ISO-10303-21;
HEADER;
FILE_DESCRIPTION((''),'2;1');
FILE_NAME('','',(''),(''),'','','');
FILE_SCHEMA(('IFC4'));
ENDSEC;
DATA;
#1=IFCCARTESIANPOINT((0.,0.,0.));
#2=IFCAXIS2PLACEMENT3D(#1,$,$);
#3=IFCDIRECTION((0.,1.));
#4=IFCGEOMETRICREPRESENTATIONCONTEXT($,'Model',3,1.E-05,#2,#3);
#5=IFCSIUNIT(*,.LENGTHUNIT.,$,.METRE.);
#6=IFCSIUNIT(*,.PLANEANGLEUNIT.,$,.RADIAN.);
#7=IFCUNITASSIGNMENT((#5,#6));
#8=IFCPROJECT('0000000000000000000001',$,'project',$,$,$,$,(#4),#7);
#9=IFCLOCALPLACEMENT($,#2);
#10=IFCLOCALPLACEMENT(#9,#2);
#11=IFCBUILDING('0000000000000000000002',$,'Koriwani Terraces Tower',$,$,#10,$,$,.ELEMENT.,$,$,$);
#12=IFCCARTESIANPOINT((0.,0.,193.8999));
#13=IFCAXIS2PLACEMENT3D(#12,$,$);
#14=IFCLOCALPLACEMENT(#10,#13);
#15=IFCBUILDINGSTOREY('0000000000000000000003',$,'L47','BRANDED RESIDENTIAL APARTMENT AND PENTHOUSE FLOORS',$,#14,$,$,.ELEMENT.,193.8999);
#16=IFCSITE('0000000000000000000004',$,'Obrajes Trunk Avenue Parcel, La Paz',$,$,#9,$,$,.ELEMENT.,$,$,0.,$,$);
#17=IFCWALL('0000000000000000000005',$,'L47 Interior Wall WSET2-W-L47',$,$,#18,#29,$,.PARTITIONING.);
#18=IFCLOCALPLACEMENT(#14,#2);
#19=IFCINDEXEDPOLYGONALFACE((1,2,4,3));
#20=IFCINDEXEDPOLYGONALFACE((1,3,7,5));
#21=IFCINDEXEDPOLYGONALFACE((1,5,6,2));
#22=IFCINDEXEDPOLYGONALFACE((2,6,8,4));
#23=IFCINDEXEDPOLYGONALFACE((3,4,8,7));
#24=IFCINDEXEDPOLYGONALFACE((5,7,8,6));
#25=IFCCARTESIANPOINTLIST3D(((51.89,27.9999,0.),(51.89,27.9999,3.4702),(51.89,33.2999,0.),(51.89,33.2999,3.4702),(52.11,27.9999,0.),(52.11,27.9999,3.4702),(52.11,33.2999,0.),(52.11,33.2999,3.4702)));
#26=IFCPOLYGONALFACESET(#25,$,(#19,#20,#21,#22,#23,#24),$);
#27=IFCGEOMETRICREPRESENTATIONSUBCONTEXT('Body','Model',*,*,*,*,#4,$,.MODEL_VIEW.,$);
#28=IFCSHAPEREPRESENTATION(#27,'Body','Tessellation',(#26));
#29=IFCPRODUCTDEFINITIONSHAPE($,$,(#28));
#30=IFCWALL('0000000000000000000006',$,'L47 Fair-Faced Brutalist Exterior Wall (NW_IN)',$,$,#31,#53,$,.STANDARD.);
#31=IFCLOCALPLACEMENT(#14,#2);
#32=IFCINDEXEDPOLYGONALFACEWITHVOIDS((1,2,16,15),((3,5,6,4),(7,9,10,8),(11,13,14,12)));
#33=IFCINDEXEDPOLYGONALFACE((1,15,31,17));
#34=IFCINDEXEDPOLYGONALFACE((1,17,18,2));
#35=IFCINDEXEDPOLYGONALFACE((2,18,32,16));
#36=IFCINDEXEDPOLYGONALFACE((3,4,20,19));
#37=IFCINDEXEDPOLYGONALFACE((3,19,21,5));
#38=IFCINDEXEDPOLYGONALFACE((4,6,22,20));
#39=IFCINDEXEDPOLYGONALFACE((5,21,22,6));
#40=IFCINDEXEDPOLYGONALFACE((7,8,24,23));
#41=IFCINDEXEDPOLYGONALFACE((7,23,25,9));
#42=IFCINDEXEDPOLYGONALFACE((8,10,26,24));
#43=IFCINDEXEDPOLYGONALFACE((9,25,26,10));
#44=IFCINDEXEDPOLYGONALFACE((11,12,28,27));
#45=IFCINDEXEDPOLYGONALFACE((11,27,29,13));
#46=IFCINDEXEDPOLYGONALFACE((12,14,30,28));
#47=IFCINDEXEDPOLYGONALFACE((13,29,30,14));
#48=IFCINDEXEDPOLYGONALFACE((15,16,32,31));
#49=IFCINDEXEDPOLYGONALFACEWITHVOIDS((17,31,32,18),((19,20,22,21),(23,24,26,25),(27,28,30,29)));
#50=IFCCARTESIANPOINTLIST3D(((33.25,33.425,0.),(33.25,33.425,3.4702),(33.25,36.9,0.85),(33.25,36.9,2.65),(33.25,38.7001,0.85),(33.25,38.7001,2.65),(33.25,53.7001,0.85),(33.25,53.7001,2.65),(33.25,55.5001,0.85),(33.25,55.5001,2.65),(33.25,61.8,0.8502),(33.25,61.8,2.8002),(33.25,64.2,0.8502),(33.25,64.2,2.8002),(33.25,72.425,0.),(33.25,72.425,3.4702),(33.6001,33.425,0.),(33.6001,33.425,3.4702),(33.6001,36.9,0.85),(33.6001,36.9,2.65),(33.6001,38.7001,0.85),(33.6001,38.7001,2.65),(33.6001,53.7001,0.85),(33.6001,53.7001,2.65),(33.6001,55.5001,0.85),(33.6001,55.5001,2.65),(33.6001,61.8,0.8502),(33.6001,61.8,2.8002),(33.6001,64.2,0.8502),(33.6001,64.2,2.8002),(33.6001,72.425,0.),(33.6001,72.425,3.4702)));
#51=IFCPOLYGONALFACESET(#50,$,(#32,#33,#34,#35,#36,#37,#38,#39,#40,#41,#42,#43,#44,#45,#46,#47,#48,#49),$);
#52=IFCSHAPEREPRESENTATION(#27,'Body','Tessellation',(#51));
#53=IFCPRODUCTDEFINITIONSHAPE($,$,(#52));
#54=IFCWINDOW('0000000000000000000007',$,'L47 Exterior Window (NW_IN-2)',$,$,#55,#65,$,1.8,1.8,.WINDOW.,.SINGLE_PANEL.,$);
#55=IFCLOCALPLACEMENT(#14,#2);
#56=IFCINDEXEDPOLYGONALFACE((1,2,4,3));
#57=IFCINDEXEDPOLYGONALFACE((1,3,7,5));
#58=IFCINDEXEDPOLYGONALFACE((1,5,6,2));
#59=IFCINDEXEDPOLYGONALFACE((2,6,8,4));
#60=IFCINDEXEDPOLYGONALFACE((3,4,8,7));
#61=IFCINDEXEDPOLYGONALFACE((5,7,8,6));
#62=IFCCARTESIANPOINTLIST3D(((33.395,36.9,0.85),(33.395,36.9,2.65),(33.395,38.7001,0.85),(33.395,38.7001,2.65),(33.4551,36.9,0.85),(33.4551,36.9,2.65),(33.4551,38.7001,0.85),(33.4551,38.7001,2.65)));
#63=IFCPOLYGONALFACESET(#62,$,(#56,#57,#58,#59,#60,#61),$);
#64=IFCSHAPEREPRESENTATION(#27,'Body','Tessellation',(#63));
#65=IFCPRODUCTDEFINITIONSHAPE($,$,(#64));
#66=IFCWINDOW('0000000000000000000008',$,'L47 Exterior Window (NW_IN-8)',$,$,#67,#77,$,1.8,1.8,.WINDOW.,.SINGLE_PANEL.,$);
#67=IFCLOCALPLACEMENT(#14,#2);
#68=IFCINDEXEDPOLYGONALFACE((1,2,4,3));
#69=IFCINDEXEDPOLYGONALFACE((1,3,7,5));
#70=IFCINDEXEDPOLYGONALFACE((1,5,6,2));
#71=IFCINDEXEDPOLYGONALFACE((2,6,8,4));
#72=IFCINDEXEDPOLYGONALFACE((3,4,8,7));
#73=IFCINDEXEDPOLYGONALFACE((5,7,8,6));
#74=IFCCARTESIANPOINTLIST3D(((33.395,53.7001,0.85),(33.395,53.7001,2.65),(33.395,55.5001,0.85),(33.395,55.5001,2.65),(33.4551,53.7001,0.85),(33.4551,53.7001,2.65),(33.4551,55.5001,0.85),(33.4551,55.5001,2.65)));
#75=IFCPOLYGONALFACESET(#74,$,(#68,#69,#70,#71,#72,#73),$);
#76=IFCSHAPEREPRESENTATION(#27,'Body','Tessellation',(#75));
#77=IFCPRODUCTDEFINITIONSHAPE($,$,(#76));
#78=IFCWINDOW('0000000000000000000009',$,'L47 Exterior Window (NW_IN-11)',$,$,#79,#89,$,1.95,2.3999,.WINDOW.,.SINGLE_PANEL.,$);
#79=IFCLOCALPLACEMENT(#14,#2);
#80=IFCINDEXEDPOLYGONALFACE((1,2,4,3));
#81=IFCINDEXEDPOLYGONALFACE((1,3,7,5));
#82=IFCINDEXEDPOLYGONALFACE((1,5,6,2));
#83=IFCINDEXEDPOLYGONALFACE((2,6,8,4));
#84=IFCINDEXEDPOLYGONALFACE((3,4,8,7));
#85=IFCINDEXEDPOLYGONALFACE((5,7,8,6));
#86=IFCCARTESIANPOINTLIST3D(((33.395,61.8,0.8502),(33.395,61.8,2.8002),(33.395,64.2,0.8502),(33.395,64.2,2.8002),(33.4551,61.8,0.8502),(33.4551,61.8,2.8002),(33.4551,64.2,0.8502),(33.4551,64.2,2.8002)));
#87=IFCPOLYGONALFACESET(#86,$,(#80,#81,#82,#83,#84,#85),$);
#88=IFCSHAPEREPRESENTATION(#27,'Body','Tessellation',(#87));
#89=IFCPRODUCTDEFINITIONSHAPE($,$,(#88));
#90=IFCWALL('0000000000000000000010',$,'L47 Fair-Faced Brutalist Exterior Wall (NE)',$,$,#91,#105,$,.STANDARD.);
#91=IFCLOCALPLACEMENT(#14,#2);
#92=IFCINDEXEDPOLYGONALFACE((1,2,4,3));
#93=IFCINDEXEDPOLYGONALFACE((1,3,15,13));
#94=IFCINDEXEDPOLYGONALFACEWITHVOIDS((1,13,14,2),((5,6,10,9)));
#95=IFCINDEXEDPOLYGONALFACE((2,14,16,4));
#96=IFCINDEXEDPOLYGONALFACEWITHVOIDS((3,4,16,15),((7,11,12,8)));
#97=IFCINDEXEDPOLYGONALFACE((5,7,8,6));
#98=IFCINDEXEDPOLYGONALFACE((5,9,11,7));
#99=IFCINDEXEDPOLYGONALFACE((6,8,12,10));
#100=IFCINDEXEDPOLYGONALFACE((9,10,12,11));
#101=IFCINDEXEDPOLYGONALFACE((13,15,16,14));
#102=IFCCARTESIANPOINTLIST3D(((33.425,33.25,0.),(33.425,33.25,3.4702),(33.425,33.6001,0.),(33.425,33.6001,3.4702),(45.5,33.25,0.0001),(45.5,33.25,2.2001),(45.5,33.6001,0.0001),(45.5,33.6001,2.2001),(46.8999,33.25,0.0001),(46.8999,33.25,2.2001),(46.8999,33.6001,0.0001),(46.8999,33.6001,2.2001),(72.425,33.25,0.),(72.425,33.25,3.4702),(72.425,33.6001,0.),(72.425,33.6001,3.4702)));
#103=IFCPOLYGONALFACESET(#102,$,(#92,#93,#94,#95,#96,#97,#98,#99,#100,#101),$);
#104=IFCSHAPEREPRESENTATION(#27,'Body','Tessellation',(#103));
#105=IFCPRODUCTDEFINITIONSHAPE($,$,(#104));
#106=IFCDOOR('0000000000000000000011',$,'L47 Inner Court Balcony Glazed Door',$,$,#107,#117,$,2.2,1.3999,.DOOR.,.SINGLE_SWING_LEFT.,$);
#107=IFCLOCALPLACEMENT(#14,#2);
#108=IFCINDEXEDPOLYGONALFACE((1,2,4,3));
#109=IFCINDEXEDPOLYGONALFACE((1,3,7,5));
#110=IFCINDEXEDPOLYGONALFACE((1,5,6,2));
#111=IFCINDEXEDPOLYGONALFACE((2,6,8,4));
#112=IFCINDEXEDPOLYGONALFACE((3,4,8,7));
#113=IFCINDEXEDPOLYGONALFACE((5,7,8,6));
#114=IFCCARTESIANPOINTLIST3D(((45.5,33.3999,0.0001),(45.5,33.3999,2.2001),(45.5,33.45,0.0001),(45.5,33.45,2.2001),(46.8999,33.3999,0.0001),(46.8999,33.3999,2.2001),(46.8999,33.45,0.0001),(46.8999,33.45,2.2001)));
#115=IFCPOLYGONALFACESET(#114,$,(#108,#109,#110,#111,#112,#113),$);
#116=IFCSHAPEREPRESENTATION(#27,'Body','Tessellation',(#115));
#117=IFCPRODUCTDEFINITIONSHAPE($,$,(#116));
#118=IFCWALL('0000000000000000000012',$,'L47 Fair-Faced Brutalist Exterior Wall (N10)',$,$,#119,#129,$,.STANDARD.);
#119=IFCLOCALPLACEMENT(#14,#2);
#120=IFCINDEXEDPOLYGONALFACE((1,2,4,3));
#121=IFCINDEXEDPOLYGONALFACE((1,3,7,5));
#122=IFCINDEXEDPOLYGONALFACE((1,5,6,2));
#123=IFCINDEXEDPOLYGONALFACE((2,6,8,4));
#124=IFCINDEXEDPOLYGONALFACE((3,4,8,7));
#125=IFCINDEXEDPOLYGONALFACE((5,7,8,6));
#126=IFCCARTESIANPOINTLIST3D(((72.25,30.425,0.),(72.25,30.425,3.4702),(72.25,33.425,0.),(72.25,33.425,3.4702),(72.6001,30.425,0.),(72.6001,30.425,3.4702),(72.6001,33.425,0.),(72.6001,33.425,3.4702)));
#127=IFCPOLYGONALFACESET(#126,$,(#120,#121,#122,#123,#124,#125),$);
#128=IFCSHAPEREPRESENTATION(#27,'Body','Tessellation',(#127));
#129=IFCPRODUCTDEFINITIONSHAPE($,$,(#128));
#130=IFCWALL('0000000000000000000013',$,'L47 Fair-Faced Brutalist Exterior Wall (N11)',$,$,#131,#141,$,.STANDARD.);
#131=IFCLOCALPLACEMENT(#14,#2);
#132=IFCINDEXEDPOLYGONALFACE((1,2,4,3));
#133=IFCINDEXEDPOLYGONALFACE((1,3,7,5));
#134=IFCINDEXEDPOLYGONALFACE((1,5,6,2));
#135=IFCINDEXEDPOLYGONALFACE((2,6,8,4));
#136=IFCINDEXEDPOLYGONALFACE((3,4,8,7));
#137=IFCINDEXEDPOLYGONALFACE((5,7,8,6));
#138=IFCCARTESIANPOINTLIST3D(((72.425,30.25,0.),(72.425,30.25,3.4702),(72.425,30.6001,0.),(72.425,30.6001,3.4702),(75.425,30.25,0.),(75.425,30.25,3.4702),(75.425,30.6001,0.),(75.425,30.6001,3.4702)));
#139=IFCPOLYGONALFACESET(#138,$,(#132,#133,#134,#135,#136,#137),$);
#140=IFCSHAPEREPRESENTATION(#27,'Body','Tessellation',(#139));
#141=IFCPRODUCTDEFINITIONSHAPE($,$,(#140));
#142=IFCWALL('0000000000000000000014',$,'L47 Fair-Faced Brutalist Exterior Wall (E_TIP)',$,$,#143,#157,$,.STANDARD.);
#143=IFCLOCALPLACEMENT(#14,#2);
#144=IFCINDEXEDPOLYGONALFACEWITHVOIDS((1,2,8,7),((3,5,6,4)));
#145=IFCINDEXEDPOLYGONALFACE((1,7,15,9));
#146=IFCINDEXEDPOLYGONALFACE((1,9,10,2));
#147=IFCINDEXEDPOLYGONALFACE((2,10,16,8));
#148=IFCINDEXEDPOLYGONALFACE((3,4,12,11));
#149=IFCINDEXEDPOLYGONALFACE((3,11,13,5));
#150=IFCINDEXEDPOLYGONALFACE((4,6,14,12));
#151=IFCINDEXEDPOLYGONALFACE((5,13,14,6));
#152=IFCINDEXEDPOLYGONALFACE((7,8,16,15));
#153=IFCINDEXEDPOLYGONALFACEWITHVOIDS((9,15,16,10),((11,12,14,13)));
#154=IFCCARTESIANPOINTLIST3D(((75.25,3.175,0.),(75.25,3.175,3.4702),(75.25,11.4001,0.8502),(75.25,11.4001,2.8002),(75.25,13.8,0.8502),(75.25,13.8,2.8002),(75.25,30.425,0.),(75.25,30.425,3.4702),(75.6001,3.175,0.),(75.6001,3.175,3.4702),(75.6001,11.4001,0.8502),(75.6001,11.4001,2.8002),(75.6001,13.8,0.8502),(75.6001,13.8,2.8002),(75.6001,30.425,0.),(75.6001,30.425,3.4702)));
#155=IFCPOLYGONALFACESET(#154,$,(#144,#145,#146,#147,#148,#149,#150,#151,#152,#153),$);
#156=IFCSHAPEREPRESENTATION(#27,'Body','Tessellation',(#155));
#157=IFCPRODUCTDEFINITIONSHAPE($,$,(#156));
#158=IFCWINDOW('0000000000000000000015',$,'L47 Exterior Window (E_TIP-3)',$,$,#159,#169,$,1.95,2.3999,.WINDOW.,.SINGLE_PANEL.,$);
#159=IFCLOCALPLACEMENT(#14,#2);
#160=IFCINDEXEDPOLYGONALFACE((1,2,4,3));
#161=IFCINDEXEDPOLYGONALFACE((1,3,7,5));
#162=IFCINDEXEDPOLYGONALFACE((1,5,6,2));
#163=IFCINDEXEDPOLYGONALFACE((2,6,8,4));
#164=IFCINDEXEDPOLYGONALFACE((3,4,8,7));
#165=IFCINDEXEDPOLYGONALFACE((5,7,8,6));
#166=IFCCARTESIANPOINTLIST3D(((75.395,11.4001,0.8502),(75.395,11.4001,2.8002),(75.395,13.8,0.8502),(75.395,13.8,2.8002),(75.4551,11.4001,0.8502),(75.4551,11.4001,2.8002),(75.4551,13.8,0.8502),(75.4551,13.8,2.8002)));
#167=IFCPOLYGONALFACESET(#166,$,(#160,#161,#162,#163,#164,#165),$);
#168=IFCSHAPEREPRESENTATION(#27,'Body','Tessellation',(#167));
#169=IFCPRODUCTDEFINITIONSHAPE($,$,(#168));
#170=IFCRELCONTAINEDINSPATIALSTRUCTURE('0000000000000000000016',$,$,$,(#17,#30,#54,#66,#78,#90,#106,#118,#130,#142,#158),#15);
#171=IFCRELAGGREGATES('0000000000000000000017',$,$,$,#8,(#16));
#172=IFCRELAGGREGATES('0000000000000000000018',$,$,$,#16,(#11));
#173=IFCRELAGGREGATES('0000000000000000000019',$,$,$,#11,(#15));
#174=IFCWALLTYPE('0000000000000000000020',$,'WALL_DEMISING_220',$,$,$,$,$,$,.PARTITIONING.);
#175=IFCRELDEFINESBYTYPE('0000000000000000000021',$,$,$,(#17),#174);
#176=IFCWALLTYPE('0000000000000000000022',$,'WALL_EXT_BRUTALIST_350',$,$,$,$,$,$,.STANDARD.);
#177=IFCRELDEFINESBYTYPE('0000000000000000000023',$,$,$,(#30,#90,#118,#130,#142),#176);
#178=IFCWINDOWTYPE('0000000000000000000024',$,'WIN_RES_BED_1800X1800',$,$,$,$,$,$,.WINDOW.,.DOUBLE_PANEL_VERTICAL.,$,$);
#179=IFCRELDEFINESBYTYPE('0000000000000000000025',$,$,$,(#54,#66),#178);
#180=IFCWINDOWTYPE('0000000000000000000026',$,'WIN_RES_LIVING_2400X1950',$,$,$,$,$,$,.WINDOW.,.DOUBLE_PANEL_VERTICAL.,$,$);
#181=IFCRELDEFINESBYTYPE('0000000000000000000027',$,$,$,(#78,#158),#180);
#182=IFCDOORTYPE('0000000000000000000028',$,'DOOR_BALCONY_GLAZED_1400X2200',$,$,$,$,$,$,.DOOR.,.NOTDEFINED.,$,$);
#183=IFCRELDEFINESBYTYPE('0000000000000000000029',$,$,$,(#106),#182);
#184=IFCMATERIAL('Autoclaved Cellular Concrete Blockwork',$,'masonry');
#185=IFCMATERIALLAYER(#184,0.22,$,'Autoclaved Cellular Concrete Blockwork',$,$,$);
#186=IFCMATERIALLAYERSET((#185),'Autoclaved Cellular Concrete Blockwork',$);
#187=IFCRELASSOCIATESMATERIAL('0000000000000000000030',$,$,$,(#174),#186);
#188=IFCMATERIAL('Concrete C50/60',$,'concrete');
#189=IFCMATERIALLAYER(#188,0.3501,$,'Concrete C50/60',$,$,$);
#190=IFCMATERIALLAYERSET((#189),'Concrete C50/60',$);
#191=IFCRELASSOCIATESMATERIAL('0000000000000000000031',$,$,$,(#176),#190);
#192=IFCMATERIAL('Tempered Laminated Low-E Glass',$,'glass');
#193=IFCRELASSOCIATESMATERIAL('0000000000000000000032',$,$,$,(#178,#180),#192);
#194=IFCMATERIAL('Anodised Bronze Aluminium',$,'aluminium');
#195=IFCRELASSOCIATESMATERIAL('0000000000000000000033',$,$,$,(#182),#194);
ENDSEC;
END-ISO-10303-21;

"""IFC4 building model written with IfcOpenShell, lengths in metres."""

from ifc_helpers import new_model, si_unit, direction, frame, frame_2d, origin, place, context, subcontext, project, spatial, rectangle, extrude, material, layer, layer_set, type_object, element, fill, save


model = new_model("IFC4")

# Units and contexts
model_context = context("Model", 3, precision=1e-05, world=origin(), true_north=direction((0.0, 1.0)))
body_context = subcontext(model_context, "Body", "Model", "MODEL_VIEW")
ifc_project = project(units=[si_unit("LENGTHUNIT", "METRE"), si_unit("PLANEANGLEUNIT", "RADIAN")], contexts=[model_context])

# Site, building, storey
site_placement = place(None, origin())
site = spatial("IfcSite", under=ifc_project, at=site_placement, Name="Obrajes Trunk Avenue Parcel, La Paz", CompositionType="ELEMENT", RefElevation=0.0)
building_placement = place(site_placement, origin())
building = spatial("IfcBuilding", under=site, at=building_placement, Name="Koriwani Terraces Tower", CompositionType="ELEMENT")
storey_placement = place(building_placement, frame((0.0, 0.0, 193.8999)))
storey = spatial("IfcBuildingStorey", under=building, at=storey_placement, Name="L47", Description="BRANDED RESIDENTIAL APARTMENT AND PENTHOUSE FLOORS", CompositionType="ELEMENT", Elevation=193.8999)

# Shared definitions
ifc_material_1 = material(Name="Concrete C50/60", Category="concrete")

# Shared definitions
ifc_material_2 = material(Name="Autoclaved Cellular Concrete Blockwork", Category="masonry")

# Wall
ifc_layer_1 = layer(ifc_material_2, 0.22, Name="Autoclaved Cellular Concrete Blockwork")
ifc_layer_set_1 = layer_set([ifc_layer_1], Name="Autoclaved Cellular Concrete Blockwork")
wall_type_1 = type_object("IfcWallType", Name="WALL_DEMISING_220", PredefinedType="PARTITIONING", material=ifc_layer_set_1)
wall_1_placement = place(storey_placement, frame((52.0, 28.0, 0.0), z_axis=(0.0, 0.0, 1.0), x_axis=(0.0, 1.0, 0.0)))
element("IfcWall", 1, at=wall_1_placement, inside=storey, type_object=wall_type_1, Name="L47 Interior Wall WSET2-W-L47", PredefinedType="PARTITIONING", context=body_context, shape_type="SweptSolid", body=[
    extrude(rectangle(XDim=5.3, YDim=0.22, at=frame_2d((2.6499, 0.0))), origin(), (0.0, 0.0, 1.0), 3.4702),
])

# Wall, openings, windows
ifc_layer_2 = layer(ifc_material_1, 0.3501, Name="Concrete C50/60")
ifc_layer_set_2 = layer_set([ifc_layer_2], Name="Concrete C50/60")
wall_type_2 = type_object("IfcWallType", Name="WALL_EXT_BRUTALIST_350", PredefinedType="STANDARD", material=ifc_layer_set_2)
wall_2_placement = place(storey_placement, frame((33.425, 72.425, 0.0), z_axis=(0.0, 0.0, 1.0), x_axis=(0.0, -1.0, 0.0)))
wall_2 = element("IfcWall", 2, at=wall_2_placement, inside=storey, type_object=wall_type_2, Name="L47 Fair-Faced Brutalist Exterior Wall (NW_IN)", PredefinedType="STANDARD", context=body_context, shape_type="SweptSolid", body=[
    extrude(rectangle(XDim=39.0, YDim=0.3501, at=frame_2d((19.5, 0.0))), origin(), (0.0, 0.0, 1.0), 3.4702),
])
opening_1_placement = place(wall_2_placement, frame((33.7251, 0.0, 0.8501)))
opening_1 = element("IfcOpeningElement", 3, at=opening_1_placement, cuts=wall_2, PredefinedType="OPENING", context=body_context, shape_type="SweptSolid", body=[
    extrude(rectangle(XDim=1.8, YDim=1.8, at=frame_2d((0.8999, 0.8999))), frame((0.0, 0.1851, 0.0), z_axis=(0.0, -1.0, 0.0), x_axis=(1.0, 0.0, 0.0)), (0.0, 0.0, 1.0), 0.3701),
])
opening_2_placement = place(wall_2_placement, frame((16.925, 0.0, 0.8501)))
opening_2 = element("IfcOpeningElement", 4, at=opening_2_placement, cuts=wall_2, PredefinedType="OPENING", context=body_context, shape_type="SweptSolid", body=[
    extrude(rectangle(XDim=1.8, YDim=1.8, at=frame_2d((0.8999, 0.8999))), frame((0.0, 0.1851, 0.0), z_axis=(0.0, -1.0, 0.0), x_axis=(1.0, 0.0, 0.0)), (0.0, 0.0, 1.0), 0.3701),
])
opening_3_placement = place(wall_2_placement, frame((8.2251, 0.0, 0.8501)))
opening_3 = element("IfcOpeningElement", 5, at=opening_3_placement, cuts=wall_2, PredefinedType="OPENING", context=body_context, shape_type="SweptSolid", body=[
    extrude(rectangle(XDim=2.3999, YDim=1.95, at=frame_2d((1.2, 0.9751))), frame((0.0, 0.1851, 0.0), z_axis=(0.0, -1.0, 0.0), x_axis=(1.0, 0.0, 0.0)), (0.0, 0.0, 1.0), 0.3701),
])
ifc_material_3 = material(Name="Tempered Laminated Low-E Glass", Category="glass")
window_type_1 = type_object("IfcWindowType", Name="WIN_RES_BED_1800X1800", PartitioningType="DOUBLE_PANEL_VERTICAL", PredefinedType="WINDOW", material=ifc_material_3)
window_1_placement = place(opening_1_placement, origin())
window_1 = element("IfcWindow", 6, at=window_1_placement, inside=storey, type_object=window_type_1, Name="L47 Exterior Window (NW_IN-2)", OverallHeight=1.8, OverallWidth=1.8, PartitioningType="SINGLE_PANEL", PredefinedType="WINDOW", context=body_context, shape_type="SweptSolid", body=[
    extrude(rectangle(XDim=1.8, YDim=1.8, at=frame_2d((0.8999, 0.8999))), frame((0.0, 0.03, 0.0), z_axis=(0.0, -1.0, 0.0), x_axis=(1.0, 0.0, 0.0)), (0.0, 0.0, 1.0), 0.0601),
])
fill(opening_1, window_1)
window_2_placement = place(opening_2_placement, origin())
window_2 = element("IfcWindow", 7, at=window_2_placement, inside=storey, type_object=window_type_1, Name="L47 Exterior Window (NW_IN-8)", OverallHeight=1.8, OverallWidth=1.8, PartitioningType="SINGLE_PANEL", PredefinedType="WINDOW", context=body_context, shape_type="SweptSolid", body=[
    extrude(rectangle(XDim=1.8, YDim=1.8, at=frame_2d((0.8999, 0.8999))), frame((0.0, 0.03, 0.0), z_axis=(0.0, -1.0, 0.0), x_axis=(1.0, 0.0, 0.0)), (0.0, 0.0, 1.0), 0.0601),
])
fill(opening_2, window_2)
window_type_2 = type_object("IfcWindowType", Name="WIN_RES_LIVING_2400X1950", PartitioningType="DOUBLE_PANEL_VERTICAL", PredefinedType="WINDOW", material=ifc_material_3)
window_3_placement = place(opening_3_placement, origin())
window_3 = element("IfcWindow", 8, at=window_3_placement, inside=storey, type_object=window_type_2, Name="L47 Exterior Window (NW_IN-11)", OverallHeight=1.95, OverallWidth=2.3999, PartitioningType="SINGLE_PANEL", PredefinedType="WINDOW", context=body_context, shape_type="SweptSolid", body=[
    extrude(rectangle(XDim=2.3999, YDim=1.95, at=frame_2d((1.2, 0.9751))), frame((0.0, 0.03, 0.0), z_axis=(0.0, -1.0, 0.0), x_axis=(1.0, 0.0, 0.0)), (0.0, 0.0, 1.0), 0.0601),
])
fill(opening_3, window_3)

# Wall, opening, door
wall_3_placement = place(storey_placement, frame((33.425, 33.425, 0.0), z_axis=(0.0, 0.0, 1.0), x_axis=(1.0, 0.0, 0.0)))
wall_3 = element("IfcWall", 9, at=wall_3_placement, inside=storey, type_object=wall_type_2, Name="L47 Fair-Faced Brutalist Exterior Wall (NE)", PredefinedType="STANDARD", context=body_context, shape_type="SweptSolid", body=[
    extrude(rectangle(XDim=39.0, YDim=0.3501, at=frame_2d((19.5, 0.0))), origin(), (0.0, 0.0, 1.0), 3.4702),
])
opening_4_placement = place(wall_3_placement, frame((12.075, 0.0, 0.0)))
opening_4 = element("IfcOpeningElement", 10, at=opening_4_placement, cuts=wall_3, PredefinedType="OPENING", context=body_context, shape_type="SweptSolid", body=[
    extrude(rectangle(XDim=1.3999, YDim=2.2, at=frame_2d((0.7, 1.1001))), frame((0.0, 0.1851, 0.0), z_axis=(0.0, -1.0, 0.0), x_axis=(1.0, 0.0, 0.0)), (0.0, 0.0, 1.0), 0.3701),
])
ifc_material_4 = material(Name="Anodised Bronze Aluminium", Category="aluminium")
door_type_1 = type_object("IfcDoorType", Name="DOOR_BALCONY_GLAZED_1400X2200", OperationType="NOTDEFINED", PredefinedType="DOOR", material=ifc_material_4)
door_1_placement = place(opening_4_placement, origin())
door_1 = element("IfcDoor", 11, at=door_1_placement, inside=storey, type_object=door_type_1, Name="L47 Inner Court Balcony Glazed Door", OperationType="SINGLE_SWING_LEFT", OverallHeight=2.2, OverallWidth=1.3999, PredefinedType="DOOR", context=body_context, shape_type="SweptSolid", body=[
    extrude(rectangle(XDim=1.3999, YDim=2.2, at=frame_2d((0.7, 1.1001))), frame((0.0, 0.0249, 0.0), z_axis=(0.0, -1.0, 0.0), x_axis=(1.0, 0.0, 0.0)), (0.0, 0.0, 1.0), 0.05),
])
fill(opening_4, door_1)

# Walls
for number, where, z_axis, x_axis, name in (
    (12, (72.425, 33.425, 0.0), (0.0, 0.0, 1.0), (0.0, -1.0, 0.0), "L47 Fair-Faced Brutalist Exterior Wall (N10)"),
    (13, (72.425, 30.425, 0.0), (0.0, 0.0, 1.0), (1.0, 0.0, 0.0), "L47 Fair-Faced Brutalist Exterior Wall (N11)"),
):
    element("IfcWall", number, at=place(storey_placement, frame(where, z_axis=z_axis, x_axis=x_axis)), inside=storey, type_object=wall_type_2, Name=name, PredefinedType="STANDARD", context=body_context, shape_type="SweptSolid", body=[
        extrude(rectangle(XDim=3.0, YDim=0.3501, at=frame_2d((1.5, 0.0))), origin(), (0.0, 0.0, 1.0), 3.4702),
    ])

# Wall, opening, window
wall_4_placement = place(storey_placement, frame((75.425, 30.425, 0.0), z_axis=(0.0, 0.0, 1.0), x_axis=(0.0, -1.0, 0.0)))
wall_4 = element("IfcWall", 14, at=wall_4_placement, inside=storey, type_object=wall_type_2, Name="L47 Fair-Faced Brutalist Exterior Wall (E_TIP)", PredefinedType="STANDARD", context=body_context, shape_type="SweptSolid", body=[
    extrude(rectangle(XDim=27.25, YDim=0.3501, at=frame_2d((13.625, 0.0))), origin(), (0.0, 0.0, 1.0), 3.4702),
])
opening_5_placement = place(wall_4_placement, frame((16.625, 0.0, 0.8501)))
opening_5 = element("IfcOpeningElement", 15, at=opening_5_placement, cuts=wall_4, PredefinedType="OPENING", context=body_context, shape_type="SweptSolid", body=[
    extrude(rectangle(XDim=2.3999, YDim=1.95, at=frame_2d((1.2, 0.9751))), frame((0.0, 0.1851, 0.0), z_axis=(0.0, -1.0, 0.0), x_axis=(1.0, 0.0, 0.0)), (0.0, 0.0, 1.0), 0.3701),
])
window_4_placement = place(opening_5_placement, origin())
window_4 = element("IfcWindow", 16, at=window_4_placement, inside=storey, type_object=window_type_2, Name="L47 Exterior Window (E_TIP-3)", OverallHeight=1.95, OverallWidth=2.3999, PartitioningType="SINGLE_PANEL", PredefinedType="WINDOW", context=body_context, shape_type="SweptSolid", body=[
    extrude(rectangle(XDim=2.3999, YDim=1.95, at=frame_2d((1.2, 0.9751))), frame((0.0, 0.03, 0.0), z_axis=(0.0, -1.0, 0.0), x_axis=(1.0, 0.0, 0.0)), (0.0, 0.0, 1.0), 0.0601),
])
fill(opening_5, window_4)

save(model, "model.ifc")
